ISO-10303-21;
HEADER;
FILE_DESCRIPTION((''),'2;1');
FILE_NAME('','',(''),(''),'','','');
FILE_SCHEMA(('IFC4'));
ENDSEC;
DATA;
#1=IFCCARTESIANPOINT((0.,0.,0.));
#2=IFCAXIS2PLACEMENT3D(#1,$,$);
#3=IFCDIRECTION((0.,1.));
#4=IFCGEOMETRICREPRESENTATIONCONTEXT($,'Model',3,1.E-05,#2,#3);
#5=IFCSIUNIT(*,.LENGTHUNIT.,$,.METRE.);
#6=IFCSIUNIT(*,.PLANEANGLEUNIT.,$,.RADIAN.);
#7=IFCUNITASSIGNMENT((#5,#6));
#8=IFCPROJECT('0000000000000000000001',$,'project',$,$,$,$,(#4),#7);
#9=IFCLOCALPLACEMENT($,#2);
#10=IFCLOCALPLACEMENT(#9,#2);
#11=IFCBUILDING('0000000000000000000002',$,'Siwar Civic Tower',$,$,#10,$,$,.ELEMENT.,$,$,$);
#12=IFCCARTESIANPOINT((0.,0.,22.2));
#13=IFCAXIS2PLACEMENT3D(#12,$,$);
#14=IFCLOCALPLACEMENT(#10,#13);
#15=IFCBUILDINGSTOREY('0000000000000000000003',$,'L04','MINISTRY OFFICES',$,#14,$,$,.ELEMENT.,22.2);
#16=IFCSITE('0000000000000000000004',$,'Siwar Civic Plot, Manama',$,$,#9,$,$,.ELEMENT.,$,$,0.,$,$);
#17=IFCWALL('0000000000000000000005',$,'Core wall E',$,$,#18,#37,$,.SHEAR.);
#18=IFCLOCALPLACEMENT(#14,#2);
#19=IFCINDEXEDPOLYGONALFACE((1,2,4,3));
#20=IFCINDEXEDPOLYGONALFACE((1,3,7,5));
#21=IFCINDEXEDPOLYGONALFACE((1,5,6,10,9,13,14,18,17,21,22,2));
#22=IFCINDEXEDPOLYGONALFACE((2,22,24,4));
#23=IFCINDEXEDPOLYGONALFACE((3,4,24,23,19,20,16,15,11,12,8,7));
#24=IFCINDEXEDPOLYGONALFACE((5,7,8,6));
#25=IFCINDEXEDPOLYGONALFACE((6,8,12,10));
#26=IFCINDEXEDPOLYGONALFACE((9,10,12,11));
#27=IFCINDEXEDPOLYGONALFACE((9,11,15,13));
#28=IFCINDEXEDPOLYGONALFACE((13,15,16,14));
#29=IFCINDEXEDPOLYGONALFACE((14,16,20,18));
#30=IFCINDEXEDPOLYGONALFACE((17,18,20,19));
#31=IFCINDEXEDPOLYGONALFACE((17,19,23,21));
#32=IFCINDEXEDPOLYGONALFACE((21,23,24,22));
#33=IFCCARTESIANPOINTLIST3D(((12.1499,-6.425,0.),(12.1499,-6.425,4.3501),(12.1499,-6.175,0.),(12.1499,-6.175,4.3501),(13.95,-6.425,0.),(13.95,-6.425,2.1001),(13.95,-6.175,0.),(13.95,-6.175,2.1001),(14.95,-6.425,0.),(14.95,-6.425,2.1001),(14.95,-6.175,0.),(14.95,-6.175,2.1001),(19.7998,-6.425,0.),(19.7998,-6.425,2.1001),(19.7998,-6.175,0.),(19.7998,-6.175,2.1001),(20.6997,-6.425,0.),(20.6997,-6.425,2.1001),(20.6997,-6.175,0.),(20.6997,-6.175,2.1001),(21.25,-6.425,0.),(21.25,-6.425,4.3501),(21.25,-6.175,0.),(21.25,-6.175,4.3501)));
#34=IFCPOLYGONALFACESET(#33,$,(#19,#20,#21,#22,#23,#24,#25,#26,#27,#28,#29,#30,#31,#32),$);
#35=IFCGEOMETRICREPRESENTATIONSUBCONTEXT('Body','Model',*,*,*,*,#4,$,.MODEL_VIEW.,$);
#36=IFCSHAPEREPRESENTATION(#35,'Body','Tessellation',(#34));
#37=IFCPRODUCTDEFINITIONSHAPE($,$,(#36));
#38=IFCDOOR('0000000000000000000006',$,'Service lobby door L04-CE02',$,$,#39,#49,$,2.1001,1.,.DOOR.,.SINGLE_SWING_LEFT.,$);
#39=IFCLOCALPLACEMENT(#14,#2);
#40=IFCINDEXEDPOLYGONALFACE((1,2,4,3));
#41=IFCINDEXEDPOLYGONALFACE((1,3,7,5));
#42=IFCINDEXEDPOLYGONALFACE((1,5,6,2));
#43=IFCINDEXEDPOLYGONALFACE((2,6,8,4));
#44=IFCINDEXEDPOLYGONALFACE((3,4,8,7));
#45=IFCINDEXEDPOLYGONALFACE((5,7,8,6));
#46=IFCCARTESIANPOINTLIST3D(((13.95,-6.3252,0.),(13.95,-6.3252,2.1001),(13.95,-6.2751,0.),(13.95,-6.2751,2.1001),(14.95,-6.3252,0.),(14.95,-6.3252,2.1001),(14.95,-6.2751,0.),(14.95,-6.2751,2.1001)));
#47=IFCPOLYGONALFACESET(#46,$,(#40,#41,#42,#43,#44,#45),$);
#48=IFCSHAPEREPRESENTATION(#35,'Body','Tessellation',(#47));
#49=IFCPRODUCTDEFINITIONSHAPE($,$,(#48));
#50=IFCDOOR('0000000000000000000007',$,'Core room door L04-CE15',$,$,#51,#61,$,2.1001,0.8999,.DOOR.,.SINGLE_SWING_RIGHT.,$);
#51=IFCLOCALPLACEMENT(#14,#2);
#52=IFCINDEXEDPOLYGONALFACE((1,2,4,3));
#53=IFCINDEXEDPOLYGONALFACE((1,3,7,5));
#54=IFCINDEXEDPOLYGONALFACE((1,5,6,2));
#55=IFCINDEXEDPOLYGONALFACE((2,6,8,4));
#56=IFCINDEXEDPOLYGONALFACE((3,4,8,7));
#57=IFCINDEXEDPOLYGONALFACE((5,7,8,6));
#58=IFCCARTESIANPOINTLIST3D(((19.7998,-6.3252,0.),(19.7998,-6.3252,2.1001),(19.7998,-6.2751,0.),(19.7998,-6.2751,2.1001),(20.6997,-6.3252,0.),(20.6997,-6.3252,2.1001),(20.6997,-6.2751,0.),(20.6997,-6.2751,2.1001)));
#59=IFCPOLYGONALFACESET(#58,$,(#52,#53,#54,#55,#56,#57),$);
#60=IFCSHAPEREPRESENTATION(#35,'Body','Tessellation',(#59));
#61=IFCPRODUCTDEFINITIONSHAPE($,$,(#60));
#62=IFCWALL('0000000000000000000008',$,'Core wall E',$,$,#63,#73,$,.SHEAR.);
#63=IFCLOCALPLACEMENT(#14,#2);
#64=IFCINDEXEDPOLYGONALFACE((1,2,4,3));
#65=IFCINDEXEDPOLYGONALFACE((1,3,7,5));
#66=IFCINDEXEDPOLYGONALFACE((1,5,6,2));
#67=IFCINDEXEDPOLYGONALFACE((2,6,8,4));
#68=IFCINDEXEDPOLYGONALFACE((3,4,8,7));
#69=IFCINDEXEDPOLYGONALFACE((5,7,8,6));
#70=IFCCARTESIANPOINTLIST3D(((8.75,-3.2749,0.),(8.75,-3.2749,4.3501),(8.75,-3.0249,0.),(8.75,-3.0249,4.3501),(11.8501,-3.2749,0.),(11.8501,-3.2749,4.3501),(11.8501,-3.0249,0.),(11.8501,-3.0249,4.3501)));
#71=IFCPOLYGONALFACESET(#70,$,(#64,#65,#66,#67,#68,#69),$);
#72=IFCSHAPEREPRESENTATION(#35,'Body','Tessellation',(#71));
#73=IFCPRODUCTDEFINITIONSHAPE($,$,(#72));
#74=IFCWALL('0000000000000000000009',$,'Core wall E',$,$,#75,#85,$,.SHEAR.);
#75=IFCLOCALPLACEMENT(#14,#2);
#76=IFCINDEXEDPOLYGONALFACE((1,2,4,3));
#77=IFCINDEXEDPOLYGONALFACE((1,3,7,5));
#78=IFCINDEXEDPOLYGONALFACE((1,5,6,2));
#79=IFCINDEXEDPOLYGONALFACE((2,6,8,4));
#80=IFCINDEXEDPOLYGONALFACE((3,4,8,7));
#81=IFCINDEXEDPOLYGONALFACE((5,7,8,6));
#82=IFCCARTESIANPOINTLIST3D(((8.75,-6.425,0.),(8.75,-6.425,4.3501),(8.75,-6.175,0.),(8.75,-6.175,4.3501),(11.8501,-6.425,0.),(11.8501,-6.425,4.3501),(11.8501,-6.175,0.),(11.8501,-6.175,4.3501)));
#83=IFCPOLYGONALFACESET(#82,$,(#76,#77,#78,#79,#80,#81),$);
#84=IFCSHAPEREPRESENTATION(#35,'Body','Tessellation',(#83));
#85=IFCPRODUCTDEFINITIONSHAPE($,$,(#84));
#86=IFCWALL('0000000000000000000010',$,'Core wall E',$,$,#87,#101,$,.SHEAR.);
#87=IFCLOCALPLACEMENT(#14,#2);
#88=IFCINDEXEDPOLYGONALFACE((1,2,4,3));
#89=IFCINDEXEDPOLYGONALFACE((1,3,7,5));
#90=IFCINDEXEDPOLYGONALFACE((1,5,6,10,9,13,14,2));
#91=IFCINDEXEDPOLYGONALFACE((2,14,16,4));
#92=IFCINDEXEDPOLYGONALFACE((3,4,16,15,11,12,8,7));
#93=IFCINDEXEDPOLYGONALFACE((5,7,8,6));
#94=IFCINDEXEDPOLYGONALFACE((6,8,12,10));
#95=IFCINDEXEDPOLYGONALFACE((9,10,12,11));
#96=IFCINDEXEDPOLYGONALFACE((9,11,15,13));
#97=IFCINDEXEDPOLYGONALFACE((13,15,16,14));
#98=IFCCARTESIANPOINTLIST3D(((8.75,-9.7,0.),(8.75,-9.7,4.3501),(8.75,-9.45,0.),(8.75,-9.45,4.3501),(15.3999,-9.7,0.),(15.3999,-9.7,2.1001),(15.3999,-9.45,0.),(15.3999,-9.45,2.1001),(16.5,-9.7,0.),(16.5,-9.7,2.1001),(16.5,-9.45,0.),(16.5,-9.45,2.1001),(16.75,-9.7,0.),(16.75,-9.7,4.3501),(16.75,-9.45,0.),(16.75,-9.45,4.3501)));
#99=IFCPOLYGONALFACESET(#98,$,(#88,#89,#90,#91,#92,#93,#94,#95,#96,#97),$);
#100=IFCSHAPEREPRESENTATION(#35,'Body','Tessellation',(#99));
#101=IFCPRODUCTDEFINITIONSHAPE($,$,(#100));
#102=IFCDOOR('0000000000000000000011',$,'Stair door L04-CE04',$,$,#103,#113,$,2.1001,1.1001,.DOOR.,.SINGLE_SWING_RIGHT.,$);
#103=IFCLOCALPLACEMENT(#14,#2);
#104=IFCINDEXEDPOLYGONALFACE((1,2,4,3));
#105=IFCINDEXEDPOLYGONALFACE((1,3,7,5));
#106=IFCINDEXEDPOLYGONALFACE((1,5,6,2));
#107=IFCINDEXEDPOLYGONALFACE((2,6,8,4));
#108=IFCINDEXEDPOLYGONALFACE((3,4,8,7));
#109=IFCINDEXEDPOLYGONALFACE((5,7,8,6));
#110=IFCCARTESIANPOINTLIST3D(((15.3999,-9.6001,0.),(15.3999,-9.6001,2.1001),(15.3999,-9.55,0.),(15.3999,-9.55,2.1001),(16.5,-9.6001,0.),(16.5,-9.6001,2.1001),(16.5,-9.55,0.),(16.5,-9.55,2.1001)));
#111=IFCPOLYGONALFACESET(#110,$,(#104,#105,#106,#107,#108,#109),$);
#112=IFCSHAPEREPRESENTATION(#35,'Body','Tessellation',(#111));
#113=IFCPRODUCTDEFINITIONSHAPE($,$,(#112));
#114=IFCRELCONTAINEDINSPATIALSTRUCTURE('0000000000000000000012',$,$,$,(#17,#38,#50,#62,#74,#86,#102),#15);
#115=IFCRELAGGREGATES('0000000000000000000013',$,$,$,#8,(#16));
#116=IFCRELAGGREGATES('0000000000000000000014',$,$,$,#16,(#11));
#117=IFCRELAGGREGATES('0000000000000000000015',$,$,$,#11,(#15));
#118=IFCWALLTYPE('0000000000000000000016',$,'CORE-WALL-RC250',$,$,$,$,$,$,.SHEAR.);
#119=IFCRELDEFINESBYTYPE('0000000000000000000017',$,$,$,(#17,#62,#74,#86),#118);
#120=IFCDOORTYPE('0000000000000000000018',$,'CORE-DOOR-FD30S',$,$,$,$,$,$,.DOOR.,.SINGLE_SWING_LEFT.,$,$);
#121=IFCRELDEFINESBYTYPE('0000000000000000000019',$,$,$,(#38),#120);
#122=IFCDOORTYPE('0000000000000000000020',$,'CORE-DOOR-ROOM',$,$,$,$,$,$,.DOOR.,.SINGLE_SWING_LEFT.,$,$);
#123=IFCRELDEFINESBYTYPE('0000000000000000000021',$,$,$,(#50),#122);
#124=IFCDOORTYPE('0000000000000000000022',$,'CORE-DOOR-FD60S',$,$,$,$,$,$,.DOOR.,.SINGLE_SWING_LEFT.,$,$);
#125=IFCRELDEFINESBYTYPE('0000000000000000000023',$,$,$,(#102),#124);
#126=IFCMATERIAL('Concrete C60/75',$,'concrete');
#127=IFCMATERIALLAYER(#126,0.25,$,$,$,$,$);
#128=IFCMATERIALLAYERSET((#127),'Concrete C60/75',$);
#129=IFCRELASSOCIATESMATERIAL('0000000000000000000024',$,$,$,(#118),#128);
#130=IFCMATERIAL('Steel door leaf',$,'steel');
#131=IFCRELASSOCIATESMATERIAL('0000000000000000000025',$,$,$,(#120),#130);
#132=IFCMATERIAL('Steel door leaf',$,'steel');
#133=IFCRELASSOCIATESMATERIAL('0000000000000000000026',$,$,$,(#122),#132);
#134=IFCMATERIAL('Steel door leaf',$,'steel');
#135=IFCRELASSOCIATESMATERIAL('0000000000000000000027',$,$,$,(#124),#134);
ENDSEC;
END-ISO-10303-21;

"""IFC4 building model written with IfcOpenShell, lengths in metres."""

from ifc_helpers import new_model, si_unit, direction, frame, frame_2d, origin, place, context, subcontext, project, spatial, rectangle, extrude, material, layer, layer_set, type_object, element, fill, save


model = new_model("IFC4")

# Units and contexts
model_context = context("Model", 3, precision=1e-05, world=origin(), true_north=direction((0.0, 1.0)))
body_context = subcontext(model_context, "Body", "Model", "MODEL_VIEW")
ifc_project = project(units=[si_unit("LENGTHUNIT", "METRE"), si_unit("PLANEANGLEUNIT", "RADIAN")], contexts=[model_context])

# Site, building, storey
site_placement = place(None, origin())
site = spatial("IfcSite", under=ifc_project, at=site_placement, Name="Siwar Civic Plot, Manama", CompositionType="ELEMENT", RefElevation=0.0)
building_placement = place(site_placement, origin())
building = spatial("IfcBuilding", under=site, at=building_placement, Name="Siwar Civic Tower", CompositionType="ELEMENT")
storey_placement = place(building_placement, frame((0.0, 0.0, 22.2)))
storey = spatial("IfcBuildingStorey", under=building, at=storey_placement, Name="L04", Description="MINISTRY OFFICES", CompositionType="ELEMENT", Elevation=22.2)

# Wall, openings, doors
ifc_material_1 = material(Name="Concrete C60/75", Category="concrete")
ifc_layer_1 = layer(ifc_material_1, 0.25)
ifc_layer_set_1 = layer_set([ifc_layer_1], Name="Concrete C60/75")
wall_type_1 = type_object("IfcWallType", Name="CORE-WALL-RC250", PredefinedType="SHEAR", material=ifc_layer_set_1)
wall_1_placement = place(storey_placement, frame((12.1499, -6.3, 0.0), z_axis=(0.0, 0.0, 1.0), x_axis=(1.0, 0.0, 0.0)))
wall_1 = element("IfcWall", 1, at=wall_1_placement, inside=storey, type_object=wall_type_1, Name="Core wall E", PredefinedType="SHEAR", context=body_context, shape_type="SweptSolid", body=[
    extrude(rectangle(XDim=9.1001, YDim=0.25, at=frame_2d((4.55, 0.0))), origin(), (0.0, 0.0, 1.0), 4.3501),
])
opening_1_placement = place(wall_1_placement, frame((1.8, 0.0, 0.0)))
opening_1 = element("IfcOpeningElement", 2, at=opening_1_placement, cuts=wall_1, PredefinedType="OPENING", context=body_context, shape_type="SweptSolid", body=[
    extrude(rectangle(XDim=1.0, YDim=2.1001, at=frame_2d((0.5, 1.05))), frame((0.0, 0.135, 0.0), z_axis=(0.0, -1.0, 0.0), x_axis=(1.0, 0.0, 0.0)), (0.0, 0.0, 1.0), 0.27),
])
opening_2_placement = place(wall_1_placement, frame((7.6499, 0.0, 0.0)))
opening_2 = element("IfcOpeningElement", 3, at=opening_2_placement, cuts=wall_1, PredefinedType="OPENING", context=body_context, shape_type="SweptSolid", body=[
    extrude(rectangle(XDim=0.8999, YDim=2.1001, at=frame_2d((0.45, 1.05))), frame((0.0, 0.135, 0.0), z_axis=(0.0, -1.0, 0.0), x_axis=(1.0, 0.0, 0.0)), (0.0, 0.0, 1.0), 0.27),
])
ifc_material_2 = material(Name="Steel door leaf", Category="steel")
door_type_1 = type_object("IfcDoorType", Name="CORE-DOOR-FD30S", OperationType="SINGLE_SWING_LEFT", PredefinedType="DOOR", material=ifc_material_2)
door_1_placement = place(opening_1_placement, origin())
door_1 = element("IfcDoor", 4, at=door_1_placement, inside=storey, type_object=door_type_1, Name="Service lobby door L04-CE02", OperationType="SINGLE_SWING_LEFT", OverallHeight=2.1001, OverallWidth=1.0, PredefinedType="DOOR", context=body_context, shape_type="SweptSolid", body=[
    extrude(rectangle(XDim=1.0, YDim=2.1001, at=frame_2d((0.5, 1.05))), frame((0.0, 0.0249, 0.0), z_axis=(0.0, -1.0, 0.0), x_axis=(1.0, 0.0, 0.0)), (0.0, 0.0, 1.0), 0.05),
])
fill(opening_1, door_1)
ifc_material_3 = material(Name="Steel door leaf", Category="steel")
door_type_2 = type_object("IfcDoorType", Name="CORE-DOOR-ROOM", OperationType="SINGLE_SWING_LEFT", PredefinedType="DOOR", material=ifc_material_3)
door_2_placement = place(opening_2_placement, origin())
door_2 = element("IfcDoor", 5, at=door_2_placement, inside=storey, type_object=door_type_2, Name="Core room door L04-CE15", OperationType="SINGLE_SWING_RIGHT", OverallHeight=2.1001, OverallWidth=0.8999, PredefinedType="DOOR", context=body_context, shape_type="SweptSolid", body=[
    extrude(rectangle(XDim=0.8999, YDim=2.1001, at=frame_2d((0.45, 1.05))), frame((0.0, 0.0249, 0.0), z_axis=(0.0, -1.0, 0.0), x_axis=(1.0, 0.0, 0.0)), (0.0, 0.0, 1.0), 0.05),
])
fill(opening_2, door_2)

# Walls
for number, where, z_axis, x_axis, name in (
    (6, (8.75, -3.1499, 0.0), (0.0, 0.0, 1.0), (1.0, 0.0, 0.0), "Core wall E"),
    (7, (8.75, -6.3, 0.0), (0.0, 0.0, 1.0), (1.0, 0.0, 0.0), "Core wall E"),
):
    element("IfcWall", number, at=place(storey_placement, frame(where, z_axis=z_axis, x_axis=x_axis)), inside=storey, type_object=wall_type_1, Name=name, PredefinedType="SHEAR", context=body_context, shape_type="SweptSolid", body=[
        extrude(rectangle(XDim=3.1001, YDim=0.25, at=frame_2d((1.55, 0.0))), origin(), (0.0, 0.0, 1.0), 4.3501),
    ])

# Wall, opening, door
wall_2_placement = place(storey_placement, frame((8.75, -9.575, 0.0), z_axis=(0.0, 0.0, 1.0), x_axis=(1.0, 0.0, 0.0)))
wall_2 = element("IfcWall", 8, at=wall_2_placement, inside=storey, type_object=wall_type_1, Name="Core wall E", PredefinedType="SHEAR", context=body_context, shape_type="SweptSolid", body=[
    extrude(rectangle(XDim=8.0, YDim=0.25, at=frame_2d((4.0, 0.0))), origin(), (0.0, 0.0, 1.0), 4.3501),
])
opening_3_placement = place(wall_2_placement, frame((6.6499, 0.0, 0.0)))
opening_3 = element("IfcOpeningElement", 9, at=opening_3_placement, cuts=wall_2, PredefinedType="OPENING", context=body_context, shape_type="SweptSolid", body=[
    extrude(rectangle(XDim=1.1001, YDim=2.1001, at=frame_2d((0.55, 1.05))), frame((0.0, 0.135, 0.0), z_axis=(0.0, -1.0, 0.0), x_axis=(1.0, 0.0, 0.0)), (0.0, 0.0, 1.0), 0.27),
])
ifc_material_4 = material(Name="Steel door leaf", Category="steel")
door_type_3 = type_object("IfcDoorType", Name="CORE-DOOR-FD60S", OperationType="SINGLE_SWING_LEFT", PredefinedType="DOOR", material=ifc_material_4)
door_3_placement = place(opening_3_placement, origin())
door_3 = element("IfcDoor", 10, at=door_3_placement, inside=storey, type_object=door_type_3, Name="Stair door L04-CE04", OperationType="SINGLE_SWING_RIGHT", OverallHeight=2.1001, OverallWidth=1.1001, PredefinedType="DOOR", context=body_context, shape_type="SweptSolid", body=[
    extrude(rectangle(XDim=1.1001, YDim=2.1001, at=frame_2d((0.55, 1.05))), frame((0.0, 0.0249, 0.0), z_axis=(0.0, -1.0, 0.0), x_axis=(1.0, 0.0, 0.0)), (0.0, 0.0, 1.0), 0.05),
])
fill(opening_3, door_3)

save(model, "model.ifc")
